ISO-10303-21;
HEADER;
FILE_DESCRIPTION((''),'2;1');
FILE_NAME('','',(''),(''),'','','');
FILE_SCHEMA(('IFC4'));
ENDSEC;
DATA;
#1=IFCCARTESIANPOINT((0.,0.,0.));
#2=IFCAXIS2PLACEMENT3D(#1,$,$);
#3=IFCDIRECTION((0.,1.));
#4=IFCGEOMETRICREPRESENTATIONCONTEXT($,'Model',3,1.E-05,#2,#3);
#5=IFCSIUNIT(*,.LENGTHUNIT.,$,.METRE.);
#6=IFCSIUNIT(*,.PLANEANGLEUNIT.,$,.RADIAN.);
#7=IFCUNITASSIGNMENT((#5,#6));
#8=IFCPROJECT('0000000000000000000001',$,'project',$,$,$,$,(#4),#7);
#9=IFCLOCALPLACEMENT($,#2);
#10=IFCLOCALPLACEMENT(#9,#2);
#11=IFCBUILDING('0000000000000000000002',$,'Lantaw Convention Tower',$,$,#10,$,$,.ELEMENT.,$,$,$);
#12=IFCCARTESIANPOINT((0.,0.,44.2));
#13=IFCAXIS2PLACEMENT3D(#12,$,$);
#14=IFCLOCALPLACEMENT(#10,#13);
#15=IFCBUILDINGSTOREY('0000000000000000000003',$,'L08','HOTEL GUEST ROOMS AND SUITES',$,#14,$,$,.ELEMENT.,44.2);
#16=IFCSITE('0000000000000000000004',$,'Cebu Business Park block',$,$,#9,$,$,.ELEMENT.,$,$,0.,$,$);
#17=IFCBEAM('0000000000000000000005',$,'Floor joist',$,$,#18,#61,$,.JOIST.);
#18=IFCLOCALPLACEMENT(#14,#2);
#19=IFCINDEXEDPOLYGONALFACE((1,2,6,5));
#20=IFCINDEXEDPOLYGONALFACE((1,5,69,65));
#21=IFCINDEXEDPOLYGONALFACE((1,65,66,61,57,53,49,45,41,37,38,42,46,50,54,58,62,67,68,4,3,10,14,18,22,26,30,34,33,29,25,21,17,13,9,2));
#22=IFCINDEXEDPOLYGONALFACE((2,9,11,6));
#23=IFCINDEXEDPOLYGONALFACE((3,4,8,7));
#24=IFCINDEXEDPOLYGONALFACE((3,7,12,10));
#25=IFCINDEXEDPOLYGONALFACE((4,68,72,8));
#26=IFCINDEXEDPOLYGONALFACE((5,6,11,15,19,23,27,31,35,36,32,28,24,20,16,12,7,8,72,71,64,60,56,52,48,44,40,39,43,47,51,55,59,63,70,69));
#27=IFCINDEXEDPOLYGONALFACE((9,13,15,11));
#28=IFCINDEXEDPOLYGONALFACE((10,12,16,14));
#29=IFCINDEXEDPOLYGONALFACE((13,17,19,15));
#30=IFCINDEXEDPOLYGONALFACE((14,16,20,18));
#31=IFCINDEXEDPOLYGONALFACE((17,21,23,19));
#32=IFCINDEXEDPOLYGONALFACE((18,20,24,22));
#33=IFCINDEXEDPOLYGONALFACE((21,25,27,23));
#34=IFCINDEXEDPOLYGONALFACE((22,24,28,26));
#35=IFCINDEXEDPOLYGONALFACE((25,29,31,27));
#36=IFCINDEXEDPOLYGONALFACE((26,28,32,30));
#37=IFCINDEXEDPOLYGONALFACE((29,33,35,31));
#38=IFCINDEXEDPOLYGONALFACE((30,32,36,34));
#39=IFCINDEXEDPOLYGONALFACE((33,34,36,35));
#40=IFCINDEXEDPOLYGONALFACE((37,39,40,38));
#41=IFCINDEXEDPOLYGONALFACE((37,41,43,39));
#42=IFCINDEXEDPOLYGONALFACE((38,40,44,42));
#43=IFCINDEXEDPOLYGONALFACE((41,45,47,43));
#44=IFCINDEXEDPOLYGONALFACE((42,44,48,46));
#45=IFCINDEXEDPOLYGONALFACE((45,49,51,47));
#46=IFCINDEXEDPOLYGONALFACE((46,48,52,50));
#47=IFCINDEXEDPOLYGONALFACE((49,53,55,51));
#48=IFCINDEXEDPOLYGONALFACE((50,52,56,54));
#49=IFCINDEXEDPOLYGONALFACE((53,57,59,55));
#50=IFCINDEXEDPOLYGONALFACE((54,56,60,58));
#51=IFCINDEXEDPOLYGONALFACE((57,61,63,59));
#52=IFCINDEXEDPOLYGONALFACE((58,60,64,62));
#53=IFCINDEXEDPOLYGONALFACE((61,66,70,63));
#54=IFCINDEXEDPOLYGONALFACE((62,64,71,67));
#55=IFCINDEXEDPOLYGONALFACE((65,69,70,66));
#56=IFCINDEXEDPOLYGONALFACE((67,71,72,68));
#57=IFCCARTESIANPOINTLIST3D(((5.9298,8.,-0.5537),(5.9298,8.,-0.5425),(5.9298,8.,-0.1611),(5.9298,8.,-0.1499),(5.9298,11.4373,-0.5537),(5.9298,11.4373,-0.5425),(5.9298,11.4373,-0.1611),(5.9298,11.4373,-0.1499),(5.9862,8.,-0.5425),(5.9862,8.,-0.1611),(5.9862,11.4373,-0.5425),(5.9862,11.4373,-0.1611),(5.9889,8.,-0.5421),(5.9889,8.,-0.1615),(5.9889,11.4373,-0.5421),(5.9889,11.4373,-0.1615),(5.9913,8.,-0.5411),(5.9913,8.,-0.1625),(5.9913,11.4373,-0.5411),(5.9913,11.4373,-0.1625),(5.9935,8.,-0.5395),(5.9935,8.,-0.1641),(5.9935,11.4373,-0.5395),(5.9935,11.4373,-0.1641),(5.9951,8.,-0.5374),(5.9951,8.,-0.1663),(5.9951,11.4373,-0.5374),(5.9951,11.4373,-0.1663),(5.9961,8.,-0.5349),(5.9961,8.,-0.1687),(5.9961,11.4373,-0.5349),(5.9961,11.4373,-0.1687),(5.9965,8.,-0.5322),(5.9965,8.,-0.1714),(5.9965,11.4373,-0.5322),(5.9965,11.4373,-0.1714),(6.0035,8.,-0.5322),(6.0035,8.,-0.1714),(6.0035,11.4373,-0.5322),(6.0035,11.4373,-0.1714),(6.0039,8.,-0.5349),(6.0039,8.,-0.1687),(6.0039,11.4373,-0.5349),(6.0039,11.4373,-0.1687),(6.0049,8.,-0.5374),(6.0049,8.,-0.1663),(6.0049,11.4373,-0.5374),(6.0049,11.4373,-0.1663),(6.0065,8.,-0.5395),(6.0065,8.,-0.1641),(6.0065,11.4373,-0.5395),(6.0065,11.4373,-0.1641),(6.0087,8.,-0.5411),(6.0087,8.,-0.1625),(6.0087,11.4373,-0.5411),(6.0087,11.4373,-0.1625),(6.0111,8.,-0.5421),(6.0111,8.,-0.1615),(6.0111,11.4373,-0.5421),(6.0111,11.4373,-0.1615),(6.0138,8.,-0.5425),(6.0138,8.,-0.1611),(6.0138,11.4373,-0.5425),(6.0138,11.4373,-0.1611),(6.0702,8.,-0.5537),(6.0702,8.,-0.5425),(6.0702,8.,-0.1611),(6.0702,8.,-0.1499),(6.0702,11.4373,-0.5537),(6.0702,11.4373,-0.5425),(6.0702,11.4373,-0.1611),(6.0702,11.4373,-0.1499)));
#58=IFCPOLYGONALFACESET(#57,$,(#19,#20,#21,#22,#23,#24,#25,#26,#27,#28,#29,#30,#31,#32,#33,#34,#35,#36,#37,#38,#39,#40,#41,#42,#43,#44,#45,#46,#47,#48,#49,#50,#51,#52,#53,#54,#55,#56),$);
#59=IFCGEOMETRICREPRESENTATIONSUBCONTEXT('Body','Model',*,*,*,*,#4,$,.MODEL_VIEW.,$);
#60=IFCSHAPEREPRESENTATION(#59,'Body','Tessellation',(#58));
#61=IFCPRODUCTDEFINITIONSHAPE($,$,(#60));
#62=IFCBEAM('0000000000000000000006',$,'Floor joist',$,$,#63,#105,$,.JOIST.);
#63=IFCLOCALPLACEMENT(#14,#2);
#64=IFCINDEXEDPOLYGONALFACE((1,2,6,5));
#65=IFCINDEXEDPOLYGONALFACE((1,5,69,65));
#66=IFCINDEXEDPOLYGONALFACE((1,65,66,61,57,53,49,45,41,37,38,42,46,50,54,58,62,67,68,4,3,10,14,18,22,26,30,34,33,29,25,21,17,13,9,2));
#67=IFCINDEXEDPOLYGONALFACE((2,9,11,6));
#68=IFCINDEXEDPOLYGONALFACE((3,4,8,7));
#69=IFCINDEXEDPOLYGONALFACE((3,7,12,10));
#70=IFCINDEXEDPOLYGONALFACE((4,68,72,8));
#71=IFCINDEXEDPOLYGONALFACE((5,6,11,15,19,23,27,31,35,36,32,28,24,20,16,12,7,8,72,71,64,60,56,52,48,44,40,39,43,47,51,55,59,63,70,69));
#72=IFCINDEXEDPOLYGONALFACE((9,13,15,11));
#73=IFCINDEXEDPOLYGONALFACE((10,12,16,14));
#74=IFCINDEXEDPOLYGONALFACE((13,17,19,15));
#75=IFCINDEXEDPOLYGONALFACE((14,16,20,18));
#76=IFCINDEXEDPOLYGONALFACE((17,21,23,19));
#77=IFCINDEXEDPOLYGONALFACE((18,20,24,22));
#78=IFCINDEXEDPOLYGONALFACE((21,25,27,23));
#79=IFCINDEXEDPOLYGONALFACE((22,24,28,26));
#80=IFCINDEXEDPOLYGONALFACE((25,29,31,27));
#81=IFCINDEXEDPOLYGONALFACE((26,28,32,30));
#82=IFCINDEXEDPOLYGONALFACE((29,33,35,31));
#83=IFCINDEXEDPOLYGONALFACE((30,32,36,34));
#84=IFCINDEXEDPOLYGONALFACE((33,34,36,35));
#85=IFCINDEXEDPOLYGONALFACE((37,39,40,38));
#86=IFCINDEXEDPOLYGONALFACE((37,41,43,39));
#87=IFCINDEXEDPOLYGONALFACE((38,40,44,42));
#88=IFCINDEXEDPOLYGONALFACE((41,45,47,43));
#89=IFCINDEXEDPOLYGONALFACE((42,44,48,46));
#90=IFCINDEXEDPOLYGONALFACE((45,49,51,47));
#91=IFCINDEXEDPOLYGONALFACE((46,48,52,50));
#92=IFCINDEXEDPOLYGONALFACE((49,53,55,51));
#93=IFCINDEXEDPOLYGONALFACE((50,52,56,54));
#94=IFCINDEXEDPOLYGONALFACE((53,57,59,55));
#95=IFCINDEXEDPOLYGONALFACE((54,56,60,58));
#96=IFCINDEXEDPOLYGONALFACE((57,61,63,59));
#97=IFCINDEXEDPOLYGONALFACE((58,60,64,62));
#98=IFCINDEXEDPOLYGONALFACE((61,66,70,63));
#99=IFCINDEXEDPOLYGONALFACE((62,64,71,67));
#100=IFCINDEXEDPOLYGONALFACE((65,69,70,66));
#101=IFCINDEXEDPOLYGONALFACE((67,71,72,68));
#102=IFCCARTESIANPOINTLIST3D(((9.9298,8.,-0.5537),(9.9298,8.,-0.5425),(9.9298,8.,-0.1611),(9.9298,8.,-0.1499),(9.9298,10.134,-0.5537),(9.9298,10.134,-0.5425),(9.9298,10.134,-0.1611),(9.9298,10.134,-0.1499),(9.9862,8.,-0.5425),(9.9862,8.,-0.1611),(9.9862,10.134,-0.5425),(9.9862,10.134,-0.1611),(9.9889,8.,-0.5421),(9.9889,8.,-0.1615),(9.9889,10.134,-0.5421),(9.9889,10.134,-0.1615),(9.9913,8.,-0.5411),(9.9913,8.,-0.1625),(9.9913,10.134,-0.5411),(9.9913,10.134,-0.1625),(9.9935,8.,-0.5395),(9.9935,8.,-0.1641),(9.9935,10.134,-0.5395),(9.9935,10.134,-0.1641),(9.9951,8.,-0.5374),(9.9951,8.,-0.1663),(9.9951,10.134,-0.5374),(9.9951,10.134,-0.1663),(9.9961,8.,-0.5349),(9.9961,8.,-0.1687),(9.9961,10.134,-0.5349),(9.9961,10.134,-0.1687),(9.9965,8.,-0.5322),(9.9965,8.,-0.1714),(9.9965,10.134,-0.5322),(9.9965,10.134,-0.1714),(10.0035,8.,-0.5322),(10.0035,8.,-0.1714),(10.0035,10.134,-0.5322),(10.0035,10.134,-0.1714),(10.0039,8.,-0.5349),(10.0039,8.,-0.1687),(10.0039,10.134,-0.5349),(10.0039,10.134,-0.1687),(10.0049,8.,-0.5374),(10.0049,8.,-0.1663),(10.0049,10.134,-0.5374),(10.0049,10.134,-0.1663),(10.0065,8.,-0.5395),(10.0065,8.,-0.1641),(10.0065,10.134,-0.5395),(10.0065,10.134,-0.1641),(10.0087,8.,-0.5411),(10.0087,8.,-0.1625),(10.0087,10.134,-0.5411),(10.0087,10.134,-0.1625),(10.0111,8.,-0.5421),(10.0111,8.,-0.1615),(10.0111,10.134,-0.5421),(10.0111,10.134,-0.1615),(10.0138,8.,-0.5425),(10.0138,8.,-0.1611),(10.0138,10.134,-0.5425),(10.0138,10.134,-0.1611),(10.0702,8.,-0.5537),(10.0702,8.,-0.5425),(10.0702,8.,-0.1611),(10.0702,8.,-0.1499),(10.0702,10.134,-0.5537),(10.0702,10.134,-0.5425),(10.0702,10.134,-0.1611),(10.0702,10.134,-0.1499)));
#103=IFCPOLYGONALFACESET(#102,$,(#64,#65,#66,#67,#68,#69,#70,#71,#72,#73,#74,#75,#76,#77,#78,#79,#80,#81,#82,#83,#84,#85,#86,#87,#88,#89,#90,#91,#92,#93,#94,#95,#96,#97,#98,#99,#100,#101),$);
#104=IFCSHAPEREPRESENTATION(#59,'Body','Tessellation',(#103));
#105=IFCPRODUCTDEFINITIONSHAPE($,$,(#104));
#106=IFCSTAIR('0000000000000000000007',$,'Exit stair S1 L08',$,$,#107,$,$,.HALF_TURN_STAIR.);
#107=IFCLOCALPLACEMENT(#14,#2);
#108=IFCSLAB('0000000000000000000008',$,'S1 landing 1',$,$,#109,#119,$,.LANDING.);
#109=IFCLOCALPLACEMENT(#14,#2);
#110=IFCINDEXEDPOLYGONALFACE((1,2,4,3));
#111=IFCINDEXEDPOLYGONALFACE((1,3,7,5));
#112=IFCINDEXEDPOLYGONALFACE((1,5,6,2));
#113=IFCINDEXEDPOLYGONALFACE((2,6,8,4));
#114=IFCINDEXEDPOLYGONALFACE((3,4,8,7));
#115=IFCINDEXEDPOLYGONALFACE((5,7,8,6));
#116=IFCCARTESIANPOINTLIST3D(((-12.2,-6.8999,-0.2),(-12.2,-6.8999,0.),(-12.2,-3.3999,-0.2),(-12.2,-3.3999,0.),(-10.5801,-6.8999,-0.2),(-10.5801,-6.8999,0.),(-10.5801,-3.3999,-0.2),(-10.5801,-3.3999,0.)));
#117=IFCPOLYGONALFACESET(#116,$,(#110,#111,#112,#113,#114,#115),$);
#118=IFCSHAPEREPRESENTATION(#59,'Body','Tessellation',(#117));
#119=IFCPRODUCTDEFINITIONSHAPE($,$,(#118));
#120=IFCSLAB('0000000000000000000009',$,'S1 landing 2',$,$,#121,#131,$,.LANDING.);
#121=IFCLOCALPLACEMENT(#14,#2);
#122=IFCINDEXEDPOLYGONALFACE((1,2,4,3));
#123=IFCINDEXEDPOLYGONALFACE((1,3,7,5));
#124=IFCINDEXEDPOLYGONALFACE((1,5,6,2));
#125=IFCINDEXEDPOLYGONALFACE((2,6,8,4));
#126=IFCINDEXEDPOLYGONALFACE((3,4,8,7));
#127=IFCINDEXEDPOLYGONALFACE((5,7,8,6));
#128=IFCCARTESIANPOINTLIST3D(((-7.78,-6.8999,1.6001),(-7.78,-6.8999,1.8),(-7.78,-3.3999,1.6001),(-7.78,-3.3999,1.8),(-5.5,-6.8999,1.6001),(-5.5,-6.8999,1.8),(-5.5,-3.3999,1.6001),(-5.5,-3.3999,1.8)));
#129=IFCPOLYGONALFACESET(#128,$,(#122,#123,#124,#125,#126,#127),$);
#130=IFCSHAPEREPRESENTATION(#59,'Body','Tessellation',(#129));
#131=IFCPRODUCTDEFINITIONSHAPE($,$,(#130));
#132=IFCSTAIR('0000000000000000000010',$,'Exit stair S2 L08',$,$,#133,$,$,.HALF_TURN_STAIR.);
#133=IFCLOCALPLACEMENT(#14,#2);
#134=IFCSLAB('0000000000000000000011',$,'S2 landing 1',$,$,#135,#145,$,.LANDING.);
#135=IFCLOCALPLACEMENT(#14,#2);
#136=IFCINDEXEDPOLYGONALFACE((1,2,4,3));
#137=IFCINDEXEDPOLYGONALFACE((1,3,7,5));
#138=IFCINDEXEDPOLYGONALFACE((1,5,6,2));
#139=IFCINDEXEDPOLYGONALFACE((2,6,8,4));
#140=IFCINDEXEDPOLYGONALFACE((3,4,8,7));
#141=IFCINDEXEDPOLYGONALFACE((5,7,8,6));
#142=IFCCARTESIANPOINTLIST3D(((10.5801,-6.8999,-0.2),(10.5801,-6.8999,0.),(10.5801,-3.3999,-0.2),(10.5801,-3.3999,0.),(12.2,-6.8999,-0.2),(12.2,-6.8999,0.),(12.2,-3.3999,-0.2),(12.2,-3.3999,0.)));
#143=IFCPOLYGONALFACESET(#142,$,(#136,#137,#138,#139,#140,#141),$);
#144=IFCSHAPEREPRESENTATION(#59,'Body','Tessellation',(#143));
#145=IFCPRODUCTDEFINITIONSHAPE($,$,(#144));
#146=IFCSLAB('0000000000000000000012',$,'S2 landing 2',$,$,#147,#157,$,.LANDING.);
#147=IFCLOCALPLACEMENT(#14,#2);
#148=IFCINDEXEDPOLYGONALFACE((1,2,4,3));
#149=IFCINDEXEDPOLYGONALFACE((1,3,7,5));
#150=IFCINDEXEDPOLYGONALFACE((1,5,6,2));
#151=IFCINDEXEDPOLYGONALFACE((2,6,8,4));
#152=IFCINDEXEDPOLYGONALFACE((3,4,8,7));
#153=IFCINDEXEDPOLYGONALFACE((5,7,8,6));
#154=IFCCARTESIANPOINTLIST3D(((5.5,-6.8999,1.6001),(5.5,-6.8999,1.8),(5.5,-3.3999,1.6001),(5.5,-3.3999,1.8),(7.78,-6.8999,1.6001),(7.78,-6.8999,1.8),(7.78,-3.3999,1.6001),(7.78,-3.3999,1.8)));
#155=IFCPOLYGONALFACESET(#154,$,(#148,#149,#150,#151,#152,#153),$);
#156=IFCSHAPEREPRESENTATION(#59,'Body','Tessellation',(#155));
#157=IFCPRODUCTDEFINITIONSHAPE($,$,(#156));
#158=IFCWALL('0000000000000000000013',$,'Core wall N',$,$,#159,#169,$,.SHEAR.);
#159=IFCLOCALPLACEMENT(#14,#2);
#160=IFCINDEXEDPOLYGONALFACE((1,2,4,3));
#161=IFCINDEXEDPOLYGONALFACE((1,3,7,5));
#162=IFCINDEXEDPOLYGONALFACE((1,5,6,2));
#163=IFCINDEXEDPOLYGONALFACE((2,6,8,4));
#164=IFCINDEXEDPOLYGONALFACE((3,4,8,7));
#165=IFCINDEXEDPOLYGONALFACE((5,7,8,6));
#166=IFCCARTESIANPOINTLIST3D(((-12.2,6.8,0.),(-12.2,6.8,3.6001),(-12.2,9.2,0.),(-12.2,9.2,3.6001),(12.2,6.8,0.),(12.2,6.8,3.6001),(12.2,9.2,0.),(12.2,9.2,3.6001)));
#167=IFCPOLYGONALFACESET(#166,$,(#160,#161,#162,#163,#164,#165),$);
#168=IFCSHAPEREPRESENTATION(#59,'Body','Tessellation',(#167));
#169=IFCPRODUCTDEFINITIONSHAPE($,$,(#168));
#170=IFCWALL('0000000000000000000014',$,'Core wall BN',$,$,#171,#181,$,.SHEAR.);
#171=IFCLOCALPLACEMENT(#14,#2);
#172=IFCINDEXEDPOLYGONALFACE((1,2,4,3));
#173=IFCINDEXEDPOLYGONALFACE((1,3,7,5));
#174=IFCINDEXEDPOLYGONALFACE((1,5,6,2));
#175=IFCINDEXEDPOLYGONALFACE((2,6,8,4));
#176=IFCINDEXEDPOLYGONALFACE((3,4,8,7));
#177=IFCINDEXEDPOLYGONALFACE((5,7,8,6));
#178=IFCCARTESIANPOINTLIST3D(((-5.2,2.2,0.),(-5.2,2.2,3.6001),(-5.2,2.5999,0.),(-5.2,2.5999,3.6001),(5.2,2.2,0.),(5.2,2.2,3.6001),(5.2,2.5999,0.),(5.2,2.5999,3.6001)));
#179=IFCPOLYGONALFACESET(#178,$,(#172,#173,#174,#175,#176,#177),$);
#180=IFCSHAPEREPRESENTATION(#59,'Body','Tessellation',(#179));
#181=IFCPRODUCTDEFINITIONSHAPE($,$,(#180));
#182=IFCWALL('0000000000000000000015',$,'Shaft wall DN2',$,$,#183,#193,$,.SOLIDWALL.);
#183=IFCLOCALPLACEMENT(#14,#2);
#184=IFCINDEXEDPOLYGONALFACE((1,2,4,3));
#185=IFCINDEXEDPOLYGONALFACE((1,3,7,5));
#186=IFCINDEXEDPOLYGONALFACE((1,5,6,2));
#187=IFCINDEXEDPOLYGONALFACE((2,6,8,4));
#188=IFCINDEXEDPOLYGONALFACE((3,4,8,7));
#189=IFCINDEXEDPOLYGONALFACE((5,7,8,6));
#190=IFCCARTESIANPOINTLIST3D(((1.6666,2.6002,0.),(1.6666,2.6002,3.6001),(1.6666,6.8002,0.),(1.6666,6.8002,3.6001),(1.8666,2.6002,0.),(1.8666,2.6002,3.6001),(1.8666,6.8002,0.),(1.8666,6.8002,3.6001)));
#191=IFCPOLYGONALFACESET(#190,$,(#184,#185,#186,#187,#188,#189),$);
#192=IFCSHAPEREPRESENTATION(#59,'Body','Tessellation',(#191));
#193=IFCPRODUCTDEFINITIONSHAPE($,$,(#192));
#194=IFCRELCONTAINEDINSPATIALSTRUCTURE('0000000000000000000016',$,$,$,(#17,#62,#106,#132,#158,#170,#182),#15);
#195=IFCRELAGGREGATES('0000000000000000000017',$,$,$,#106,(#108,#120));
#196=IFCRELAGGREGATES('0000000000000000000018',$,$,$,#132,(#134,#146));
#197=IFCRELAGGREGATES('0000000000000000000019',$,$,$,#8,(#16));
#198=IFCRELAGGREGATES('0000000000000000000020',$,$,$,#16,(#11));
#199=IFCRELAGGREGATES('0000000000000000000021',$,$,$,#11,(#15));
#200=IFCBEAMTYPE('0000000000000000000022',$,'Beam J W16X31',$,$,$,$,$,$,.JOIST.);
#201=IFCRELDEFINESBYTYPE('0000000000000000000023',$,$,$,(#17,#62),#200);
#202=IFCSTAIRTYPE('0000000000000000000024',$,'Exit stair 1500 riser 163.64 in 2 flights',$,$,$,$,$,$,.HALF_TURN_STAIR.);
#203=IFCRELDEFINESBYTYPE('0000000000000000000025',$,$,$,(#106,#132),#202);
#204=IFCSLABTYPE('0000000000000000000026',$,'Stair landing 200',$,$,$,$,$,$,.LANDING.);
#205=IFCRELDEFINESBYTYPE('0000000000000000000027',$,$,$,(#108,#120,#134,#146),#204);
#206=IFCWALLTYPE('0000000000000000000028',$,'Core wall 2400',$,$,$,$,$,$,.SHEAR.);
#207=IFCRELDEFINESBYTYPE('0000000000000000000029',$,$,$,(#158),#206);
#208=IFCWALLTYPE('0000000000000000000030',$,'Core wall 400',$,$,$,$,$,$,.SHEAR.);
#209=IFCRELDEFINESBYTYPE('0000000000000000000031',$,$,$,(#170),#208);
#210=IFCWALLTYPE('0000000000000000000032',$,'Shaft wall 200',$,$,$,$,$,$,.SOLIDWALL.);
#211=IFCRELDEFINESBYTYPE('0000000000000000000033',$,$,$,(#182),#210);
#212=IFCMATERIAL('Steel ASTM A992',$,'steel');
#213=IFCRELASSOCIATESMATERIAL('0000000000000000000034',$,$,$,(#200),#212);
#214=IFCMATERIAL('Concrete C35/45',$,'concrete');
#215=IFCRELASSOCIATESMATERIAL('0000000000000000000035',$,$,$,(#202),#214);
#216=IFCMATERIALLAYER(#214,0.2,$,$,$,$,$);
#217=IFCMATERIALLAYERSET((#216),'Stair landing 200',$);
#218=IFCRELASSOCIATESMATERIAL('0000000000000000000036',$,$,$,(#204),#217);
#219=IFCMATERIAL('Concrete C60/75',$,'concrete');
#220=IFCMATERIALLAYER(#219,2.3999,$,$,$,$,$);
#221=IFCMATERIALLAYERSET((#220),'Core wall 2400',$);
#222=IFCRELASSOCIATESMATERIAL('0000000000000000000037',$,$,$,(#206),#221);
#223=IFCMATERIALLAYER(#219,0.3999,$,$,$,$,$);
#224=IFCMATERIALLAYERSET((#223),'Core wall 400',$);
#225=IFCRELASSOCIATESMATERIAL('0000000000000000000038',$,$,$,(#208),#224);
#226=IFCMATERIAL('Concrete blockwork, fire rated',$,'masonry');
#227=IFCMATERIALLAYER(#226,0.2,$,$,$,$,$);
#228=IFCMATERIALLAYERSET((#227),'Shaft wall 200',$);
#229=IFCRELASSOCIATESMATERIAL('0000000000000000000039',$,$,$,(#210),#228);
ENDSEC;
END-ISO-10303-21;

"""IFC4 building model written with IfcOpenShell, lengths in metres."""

from ifc_helpers import new_model, si_unit, direction, frame, frame_2d, origin, origin_2d, place, context, subcontext, project, spatial, polyline, rectangle, i_section, outline, extrude, material, layer, layer_set, material_profile, profile_set, type_object, element, aggregate, save


model = new_model("IFC4")

# Units and contexts
model_context = context("Model", 3, precision=1e-05, world=origin(), true_north=direction((0.0, 1.0)))
body_context = subcontext(model_context, "Body", "Model", "MODEL_VIEW")
ifc_project = project(units=[si_unit("LENGTHUNIT", "METRE"), si_unit("PLANEANGLEUNIT", "RADIAN")], contexts=[model_context])

# Site, building, storey
site_placement = place(None, origin())
site = spatial("IfcSite", under=ifc_project, at=site_placement, Name="Cebu Business Park block", CompositionType="ELEMENT", RefElevation=0.0)
building_placement = place(site_placement, origin())
building = spatial("IfcBuilding", under=site, at=building_placement, Name="Lantaw Convention Tower", CompositionType="ELEMENT")
storey_placement = place(building_placement, frame((0.0, 0.0, 44.2)))
storey = spatial("IfcBuildingStorey", under=building, at=storey_placement, Name="L08", Description="HOTEL GUEST ROOMS AND SUITES", CompositionType="ELEMENT", Elevation=44.2)

# Beams
ifc_material_1 = material(Name="Steel ASTM A992", Category="steel")
ifc_material_profile_1 = material_profile(ifc_material_1, i_section(OverallWidth=0.1404, OverallDepth=0.4038, WebThickness=0.0071, FlangeThickness=0.0112, FilletRadius=0.0103, at=origin_2d()), Name="W16X31")
ifc_profile_set_1 = profile_set([ifc_material_profile_1], Name="Steel ASTM A992")
beam_type_1 = type_object("IfcBeamType", Name="Beam J W16X31", PredefinedType="JOIST", material=ifc_profile_set_1)
beam_1_placement = place(storey_placement, frame((6.0, 8.0, -0.3518), z_axis=(0.0, 1.0, 0.0), x_axis=(-1.0, 0.0, 0.0)))
element("IfcBeam", 1, at=beam_1_placement, inside=storey, type_object=beam_type_1, Name="Floor joist", PredefinedType="JOIST", context=body_context, shape_type="SweptSolid", body=[
    extrude(i_section(OverallWidth=0.1404, OverallDepth=0.4038, WebThickness=0.0071, FlangeThickness=0.0112, FilletRadius=0.0103, at=origin_2d()), origin(), (0.0, 0.0, 1.0), 3.4373),
])
beam_2_placement = place(storey_placement, frame((10.0, 8.0, -0.3518), z_axis=(0.0, 1.0, 0.0), x_axis=(-1.0, 0.0, 0.0)))
element("IfcBeam", 2, at=beam_2_placement, inside=storey, type_object=beam_type_1, Name="Floor joist", PredefinedType="JOIST", context=body_context, shape_type="SweptSolid", body=[
    extrude(i_section(OverallWidth=0.1404, OverallDepth=0.4038, WebThickness=0.0071, FlangeThickness=0.0112, FilletRadius=0.0103, at=origin_2d()), origin(), (0.0, 0.0, 1.0), 2.134),
])

# Stairs, slabs
ifc_material_2 = material(Name="Concrete C35/45", Category="concrete")
stair_type = type_object("IfcStairType", Name="Exit stair 1500 riser 163.64 in 2 flights", PredefinedType="HALF_TURN_STAIR", material=ifc_material_2)
stair_1_placement = place(storey_placement, origin())
stair_1 = element("IfcStair", 3, at=stair_1_placement, inside=storey, type_object=stair_type, Name="Exit stair S1 L08", PredefinedType="HALF_TURN_STAIR")
ifc_layer_1 = layer(ifc_material_2, 0.2)
ifc_layer_set_1 = layer_set([ifc_layer_1], Name="Stair landing 200")
slab_type = type_object("IfcSlabType", Name="Stair landing 200", PredefinedType="LANDING", material=ifc_layer_set_1)
slab_1_placement = place(storey_placement, frame((0.0, 0.0, -0.2)))
slab_1 = element("IfcSlab", 4, at=slab_1_placement, type_object=slab_type, Name="S1 landing 1", PredefinedType="LANDING", context=body_context, shape_type="SweptSolid", body=[
    extrude(outline(polyline([(-12.2, -6.8999), (-10.5801, -6.8999), (-10.5801, -3.3999), (-12.2, -3.3999), (-12.2, -6.8999)])), origin(), (0.0, 0.0, 1.0), 0.2),
])
slab_2_placement = place(storey_placement, frame((0.0, 0.0, 1.6001)))
slab_2 = element("IfcSlab", 5, at=slab_2_placement, type_object=slab_type, Name="S1 landing 2", PredefinedType="LANDING", context=body_context, shape_type="SweptSolid", body=[
    extrude(outline(polyline([(-7.78, -6.8999), (-5.5, -6.8999), (-5.5, -3.3999), (-7.78, -3.3999), (-7.78, -6.8999)])), origin(), (0.0, 0.0, 1.0), 0.2),
])
aggregate(stair_1, [slab_1, slab_2])
stair_2_placement = place(storey_placement, origin())
stair_2 = element("IfcStair", 6, at=stair_2_placement, inside=storey, type_object=stair_type, Name="Exit stair S2 L08", PredefinedType="HALF_TURN_STAIR")
slab_3_placement = place(storey_placement, frame((0.0, 0.0, -0.2)))
slab_3 = element("IfcSlab", 7, at=slab_3_placement, type_object=slab_type, Name="S2 landing 1", PredefinedType="LANDING", context=body_context, shape_type="SweptSolid", body=[
    extrude(outline(polyline([(10.5801, -6.8999), (12.2, -6.8999), (12.2, -3.3999), (10.5801, -3.3999), (10.5801, -6.8999)])), origin(), (0.0, 0.0, 1.0), 0.2),
])
slab_4_placement = place(storey_placement, frame((0.0, 0.0, 1.6001)))
slab_4 = element("IfcSlab", 8, at=slab_4_placement, type_object=slab_type, Name="S2 landing 2", PredefinedType="LANDING", context=body_context, shape_type="SweptSolid", body=[
    extrude(outline(polyline([(5.5, -6.8999), (7.78, -6.8999), (7.78, -3.3999), (5.5, -3.3999), (5.5, -6.8999)])), origin(), (0.0, 0.0, 1.0), 0.2),
])
aggregate(stair_2, [slab_3, slab_4])

# Walls
ifc_material_3 = material(Name="Concrete C60/75", Category="concrete")
ifc_layer_2 = layer(ifc_material_3, 2.3999)
ifc_layer_set_2 = layer_set([ifc_layer_2], Name="Core wall 2400")
wall_type_1 = type_object("IfcWallType", Name="Core wall 2400", PredefinedType="SHEAR", material=ifc_layer_set_2)
wall_1_placement = place(storey_placement, frame((12.2, 8.0, 0.0), z_axis=(0.0, 0.0, 1.0), x_axis=(-1.0, 0.0, 0.0)))
element("IfcWall", 9, at=wall_1_placement, inside=storey, type_object=wall_type_1, Name="Core wall N", PredefinedType="SHEAR", context=body_context, shape_type="SweptSolid", body=[
    extrude(rectangle(XDim=24.3999, YDim=2.3999, at=frame_2d((12.2, 0.0))), origin(), (0.0, 0.0, 1.0), 3.6001),
])
ifc_layer_3 = layer(ifc_material_3, 0.3999)
ifc_layer_set_3 = layer_set([ifc_layer_3], Name="Core wall 400")
wall_type_2 = type_object("IfcWallType", Name="Core wall 400", PredefinedType="SHEAR", material=ifc_layer_set_3)
wall_2_placement = place(storey_placement, frame((5.2, 2.3999, 0.0), z_axis=(0.0, 0.0, 1.0), x_axis=(-1.0, 0.0, 0.0)))
element("IfcWall", 10, at=wall_2_placement, inside=storey, type_object=wall_type_2, Name="Core wall BN", PredefinedType="SHEAR", context=body_context, shape_type="SweptSolid", body=[
    extrude(rectangle(XDim=10.3999, YDim=0.3999, at=frame_2d((5.2, 0.0))), origin(), (0.0, 0.0, 1.0), 3.6001),
])
ifc_material_4 = material(Name="Concrete blockwork, fire rated", Category="masonry")
ifc_layer_4 = layer(ifc_material_4, 0.2)
ifc_layer_set_4 = layer_set([ifc_layer_4], Name="Shaft wall 200")
wall_type_3 = type_object("IfcWallType", Name="Shaft wall 200", PredefinedType="SOLIDWALL", material=ifc_layer_set_4)
wall_3_placement = place(storey_placement, frame((1.7666, 2.6001, 0.0), z_axis=(0.0, 0.0, 1.0), x_axis=(0.0, 1.0, 0.0)))
element("IfcWall", 11, at=wall_3_placement, inside=storey, type_object=wall_type_3, Name="Shaft wall DN2", PredefinedType="SOLIDWALL", context=body_context, shape_type="SweptSolid", body=[
    extrude(rectangle(XDim=4.2, YDim=0.2, at=frame_2d((2.1001, 0.0))), origin(), (0.0, 0.0, 1.0), 3.6001),
])

save(model, "model.ifc")
